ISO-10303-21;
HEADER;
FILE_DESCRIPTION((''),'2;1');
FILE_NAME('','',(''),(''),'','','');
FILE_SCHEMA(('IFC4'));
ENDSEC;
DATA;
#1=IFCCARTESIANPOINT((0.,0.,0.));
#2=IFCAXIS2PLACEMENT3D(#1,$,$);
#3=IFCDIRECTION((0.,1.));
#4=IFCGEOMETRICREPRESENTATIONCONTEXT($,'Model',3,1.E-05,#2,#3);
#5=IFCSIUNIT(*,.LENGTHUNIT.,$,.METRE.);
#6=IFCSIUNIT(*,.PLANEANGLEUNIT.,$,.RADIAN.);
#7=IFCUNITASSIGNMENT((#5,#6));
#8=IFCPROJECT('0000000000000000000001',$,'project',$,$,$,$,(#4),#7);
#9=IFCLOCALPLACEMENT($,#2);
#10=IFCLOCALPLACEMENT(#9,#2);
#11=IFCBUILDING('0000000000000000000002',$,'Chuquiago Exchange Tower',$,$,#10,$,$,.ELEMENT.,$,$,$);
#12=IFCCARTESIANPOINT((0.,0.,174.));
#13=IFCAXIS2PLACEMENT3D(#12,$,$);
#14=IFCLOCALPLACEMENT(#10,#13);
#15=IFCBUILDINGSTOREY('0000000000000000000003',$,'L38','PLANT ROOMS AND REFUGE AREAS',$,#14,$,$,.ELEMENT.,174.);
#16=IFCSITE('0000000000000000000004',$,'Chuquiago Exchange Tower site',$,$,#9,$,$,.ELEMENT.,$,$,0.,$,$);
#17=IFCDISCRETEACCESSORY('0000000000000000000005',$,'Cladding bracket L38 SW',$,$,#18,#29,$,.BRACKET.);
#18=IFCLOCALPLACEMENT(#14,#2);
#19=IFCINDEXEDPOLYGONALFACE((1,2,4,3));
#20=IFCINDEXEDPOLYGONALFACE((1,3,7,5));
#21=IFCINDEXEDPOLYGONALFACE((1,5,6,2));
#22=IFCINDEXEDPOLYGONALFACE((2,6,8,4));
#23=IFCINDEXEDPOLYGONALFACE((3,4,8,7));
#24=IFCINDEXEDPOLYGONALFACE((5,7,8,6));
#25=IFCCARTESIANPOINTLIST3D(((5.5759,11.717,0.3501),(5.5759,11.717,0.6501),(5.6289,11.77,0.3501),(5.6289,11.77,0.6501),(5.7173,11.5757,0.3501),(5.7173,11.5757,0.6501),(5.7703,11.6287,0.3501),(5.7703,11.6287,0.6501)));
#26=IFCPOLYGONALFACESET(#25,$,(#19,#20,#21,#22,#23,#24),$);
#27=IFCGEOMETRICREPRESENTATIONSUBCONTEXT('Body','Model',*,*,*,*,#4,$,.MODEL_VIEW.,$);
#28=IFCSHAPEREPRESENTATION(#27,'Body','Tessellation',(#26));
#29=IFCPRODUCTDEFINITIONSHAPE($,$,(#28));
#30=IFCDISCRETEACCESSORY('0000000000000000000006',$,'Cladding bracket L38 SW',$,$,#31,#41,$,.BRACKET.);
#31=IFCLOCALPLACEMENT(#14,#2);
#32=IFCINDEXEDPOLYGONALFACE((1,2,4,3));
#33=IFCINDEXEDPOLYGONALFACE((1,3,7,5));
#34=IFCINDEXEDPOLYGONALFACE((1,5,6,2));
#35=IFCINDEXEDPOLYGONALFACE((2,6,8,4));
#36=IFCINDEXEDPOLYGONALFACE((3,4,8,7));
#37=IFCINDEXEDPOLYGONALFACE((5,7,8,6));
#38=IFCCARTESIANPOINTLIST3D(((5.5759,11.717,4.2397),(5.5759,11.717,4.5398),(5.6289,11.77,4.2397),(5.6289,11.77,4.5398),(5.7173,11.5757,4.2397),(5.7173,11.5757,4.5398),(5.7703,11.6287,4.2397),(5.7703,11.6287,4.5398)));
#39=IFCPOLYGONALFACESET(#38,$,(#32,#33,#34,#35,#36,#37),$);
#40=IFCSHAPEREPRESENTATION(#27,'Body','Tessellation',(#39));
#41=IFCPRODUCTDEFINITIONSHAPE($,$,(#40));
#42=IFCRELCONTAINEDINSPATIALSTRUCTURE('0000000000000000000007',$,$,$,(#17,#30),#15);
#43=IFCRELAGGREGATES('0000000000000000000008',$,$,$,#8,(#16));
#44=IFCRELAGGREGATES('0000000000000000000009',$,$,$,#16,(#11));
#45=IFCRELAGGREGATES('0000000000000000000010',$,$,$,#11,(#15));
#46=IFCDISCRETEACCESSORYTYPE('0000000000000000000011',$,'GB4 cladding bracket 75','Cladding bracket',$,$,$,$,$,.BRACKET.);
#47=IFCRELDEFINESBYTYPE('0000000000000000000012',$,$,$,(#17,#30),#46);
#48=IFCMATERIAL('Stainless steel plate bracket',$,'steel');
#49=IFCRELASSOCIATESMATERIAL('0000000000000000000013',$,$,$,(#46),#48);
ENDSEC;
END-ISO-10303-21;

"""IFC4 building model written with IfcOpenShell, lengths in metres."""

from ifc_helpers import new_model, si_unit, direction, frame, origin, origin_2d, place, context, subcontext, project, spatial, rectangle, extrude, material, type_object, element, save


model = new_model("IFC4")

# Units and contexts
model_context = context("Model", 3, precision=1e-05, world=origin(), true_north=direction((0.0, 1.0)))
body_context = subcontext(model_context, "Body", "Model", "MODEL_VIEW")
ifc_project = project(units=[si_unit("LENGTHUNIT", "METRE"), si_unit("PLANEANGLEUNIT", "RADIAN")], contexts=[model_context])

# Site, building, storey
site_placement = place(None, origin())
site = spatial("IfcSite", under=ifc_project, at=site_placement, Name="Chuquiago Exchange Tower site", CompositionType="ELEMENT", RefElevation=0.0)
building_placement = place(site_placement, origin())
building = spatial("IfcBuilding", under=site, at=building_placement, Name="Chuquiago Exchange Tower", CompositionType="ELEMENT")
storey_placement = place(building_placement, frame((0.0, 0.0, 174.0)))
storey = spatial("IfcBuildingStorey", under=building, at=storey_placement, Name="L38", Description="PLANT ROOMS AND REFUGE AREAS", CompositionType="ELEMENT", Elevation=174.0)

# Discrete accessories
ifc_material_1 = material(Name="Stainless steel plate bracket", Category="steel")
discrete_accessory_type = type_object("IfcDiscreteAccessoryType", Name="GB4 cladding bracket 75", Description="Cladding bracket", PredefinedType="BRACKET", material=ifc_material_1)
for number, where, z_axis, x_axis, name in (
    (1, (5.6731, 11.6729, 0.3501), (0.0, 0.0, 1.0), (0.707107, -0.707107, 0.0), "Cladding bracket L38 SW"),
    (2, (5.6731, 11.6729, 4.2397), (0.0, 0.0, 1.0), (0.707107, -0.707107, 0.0), "Cladding bracket L38 SW"),
):
    element("IfcDiscreteAccessory", number, at=place(storey_placement, frame(where, z_axis=z_axis, x_axis=x_axis)), inside=storey, type_object=discrete_accessory_type, Name=name, PredefinedType="BRACKET", context=body_context, shape_type="SweptSolid", body=[
        extrude(rectangle(XDim=0.2, YDim=0.075, at=origin_2d()), origin(), (0.0, 0.0, 1.0), 0.3),
    ])

save(model, "model.ifc")
